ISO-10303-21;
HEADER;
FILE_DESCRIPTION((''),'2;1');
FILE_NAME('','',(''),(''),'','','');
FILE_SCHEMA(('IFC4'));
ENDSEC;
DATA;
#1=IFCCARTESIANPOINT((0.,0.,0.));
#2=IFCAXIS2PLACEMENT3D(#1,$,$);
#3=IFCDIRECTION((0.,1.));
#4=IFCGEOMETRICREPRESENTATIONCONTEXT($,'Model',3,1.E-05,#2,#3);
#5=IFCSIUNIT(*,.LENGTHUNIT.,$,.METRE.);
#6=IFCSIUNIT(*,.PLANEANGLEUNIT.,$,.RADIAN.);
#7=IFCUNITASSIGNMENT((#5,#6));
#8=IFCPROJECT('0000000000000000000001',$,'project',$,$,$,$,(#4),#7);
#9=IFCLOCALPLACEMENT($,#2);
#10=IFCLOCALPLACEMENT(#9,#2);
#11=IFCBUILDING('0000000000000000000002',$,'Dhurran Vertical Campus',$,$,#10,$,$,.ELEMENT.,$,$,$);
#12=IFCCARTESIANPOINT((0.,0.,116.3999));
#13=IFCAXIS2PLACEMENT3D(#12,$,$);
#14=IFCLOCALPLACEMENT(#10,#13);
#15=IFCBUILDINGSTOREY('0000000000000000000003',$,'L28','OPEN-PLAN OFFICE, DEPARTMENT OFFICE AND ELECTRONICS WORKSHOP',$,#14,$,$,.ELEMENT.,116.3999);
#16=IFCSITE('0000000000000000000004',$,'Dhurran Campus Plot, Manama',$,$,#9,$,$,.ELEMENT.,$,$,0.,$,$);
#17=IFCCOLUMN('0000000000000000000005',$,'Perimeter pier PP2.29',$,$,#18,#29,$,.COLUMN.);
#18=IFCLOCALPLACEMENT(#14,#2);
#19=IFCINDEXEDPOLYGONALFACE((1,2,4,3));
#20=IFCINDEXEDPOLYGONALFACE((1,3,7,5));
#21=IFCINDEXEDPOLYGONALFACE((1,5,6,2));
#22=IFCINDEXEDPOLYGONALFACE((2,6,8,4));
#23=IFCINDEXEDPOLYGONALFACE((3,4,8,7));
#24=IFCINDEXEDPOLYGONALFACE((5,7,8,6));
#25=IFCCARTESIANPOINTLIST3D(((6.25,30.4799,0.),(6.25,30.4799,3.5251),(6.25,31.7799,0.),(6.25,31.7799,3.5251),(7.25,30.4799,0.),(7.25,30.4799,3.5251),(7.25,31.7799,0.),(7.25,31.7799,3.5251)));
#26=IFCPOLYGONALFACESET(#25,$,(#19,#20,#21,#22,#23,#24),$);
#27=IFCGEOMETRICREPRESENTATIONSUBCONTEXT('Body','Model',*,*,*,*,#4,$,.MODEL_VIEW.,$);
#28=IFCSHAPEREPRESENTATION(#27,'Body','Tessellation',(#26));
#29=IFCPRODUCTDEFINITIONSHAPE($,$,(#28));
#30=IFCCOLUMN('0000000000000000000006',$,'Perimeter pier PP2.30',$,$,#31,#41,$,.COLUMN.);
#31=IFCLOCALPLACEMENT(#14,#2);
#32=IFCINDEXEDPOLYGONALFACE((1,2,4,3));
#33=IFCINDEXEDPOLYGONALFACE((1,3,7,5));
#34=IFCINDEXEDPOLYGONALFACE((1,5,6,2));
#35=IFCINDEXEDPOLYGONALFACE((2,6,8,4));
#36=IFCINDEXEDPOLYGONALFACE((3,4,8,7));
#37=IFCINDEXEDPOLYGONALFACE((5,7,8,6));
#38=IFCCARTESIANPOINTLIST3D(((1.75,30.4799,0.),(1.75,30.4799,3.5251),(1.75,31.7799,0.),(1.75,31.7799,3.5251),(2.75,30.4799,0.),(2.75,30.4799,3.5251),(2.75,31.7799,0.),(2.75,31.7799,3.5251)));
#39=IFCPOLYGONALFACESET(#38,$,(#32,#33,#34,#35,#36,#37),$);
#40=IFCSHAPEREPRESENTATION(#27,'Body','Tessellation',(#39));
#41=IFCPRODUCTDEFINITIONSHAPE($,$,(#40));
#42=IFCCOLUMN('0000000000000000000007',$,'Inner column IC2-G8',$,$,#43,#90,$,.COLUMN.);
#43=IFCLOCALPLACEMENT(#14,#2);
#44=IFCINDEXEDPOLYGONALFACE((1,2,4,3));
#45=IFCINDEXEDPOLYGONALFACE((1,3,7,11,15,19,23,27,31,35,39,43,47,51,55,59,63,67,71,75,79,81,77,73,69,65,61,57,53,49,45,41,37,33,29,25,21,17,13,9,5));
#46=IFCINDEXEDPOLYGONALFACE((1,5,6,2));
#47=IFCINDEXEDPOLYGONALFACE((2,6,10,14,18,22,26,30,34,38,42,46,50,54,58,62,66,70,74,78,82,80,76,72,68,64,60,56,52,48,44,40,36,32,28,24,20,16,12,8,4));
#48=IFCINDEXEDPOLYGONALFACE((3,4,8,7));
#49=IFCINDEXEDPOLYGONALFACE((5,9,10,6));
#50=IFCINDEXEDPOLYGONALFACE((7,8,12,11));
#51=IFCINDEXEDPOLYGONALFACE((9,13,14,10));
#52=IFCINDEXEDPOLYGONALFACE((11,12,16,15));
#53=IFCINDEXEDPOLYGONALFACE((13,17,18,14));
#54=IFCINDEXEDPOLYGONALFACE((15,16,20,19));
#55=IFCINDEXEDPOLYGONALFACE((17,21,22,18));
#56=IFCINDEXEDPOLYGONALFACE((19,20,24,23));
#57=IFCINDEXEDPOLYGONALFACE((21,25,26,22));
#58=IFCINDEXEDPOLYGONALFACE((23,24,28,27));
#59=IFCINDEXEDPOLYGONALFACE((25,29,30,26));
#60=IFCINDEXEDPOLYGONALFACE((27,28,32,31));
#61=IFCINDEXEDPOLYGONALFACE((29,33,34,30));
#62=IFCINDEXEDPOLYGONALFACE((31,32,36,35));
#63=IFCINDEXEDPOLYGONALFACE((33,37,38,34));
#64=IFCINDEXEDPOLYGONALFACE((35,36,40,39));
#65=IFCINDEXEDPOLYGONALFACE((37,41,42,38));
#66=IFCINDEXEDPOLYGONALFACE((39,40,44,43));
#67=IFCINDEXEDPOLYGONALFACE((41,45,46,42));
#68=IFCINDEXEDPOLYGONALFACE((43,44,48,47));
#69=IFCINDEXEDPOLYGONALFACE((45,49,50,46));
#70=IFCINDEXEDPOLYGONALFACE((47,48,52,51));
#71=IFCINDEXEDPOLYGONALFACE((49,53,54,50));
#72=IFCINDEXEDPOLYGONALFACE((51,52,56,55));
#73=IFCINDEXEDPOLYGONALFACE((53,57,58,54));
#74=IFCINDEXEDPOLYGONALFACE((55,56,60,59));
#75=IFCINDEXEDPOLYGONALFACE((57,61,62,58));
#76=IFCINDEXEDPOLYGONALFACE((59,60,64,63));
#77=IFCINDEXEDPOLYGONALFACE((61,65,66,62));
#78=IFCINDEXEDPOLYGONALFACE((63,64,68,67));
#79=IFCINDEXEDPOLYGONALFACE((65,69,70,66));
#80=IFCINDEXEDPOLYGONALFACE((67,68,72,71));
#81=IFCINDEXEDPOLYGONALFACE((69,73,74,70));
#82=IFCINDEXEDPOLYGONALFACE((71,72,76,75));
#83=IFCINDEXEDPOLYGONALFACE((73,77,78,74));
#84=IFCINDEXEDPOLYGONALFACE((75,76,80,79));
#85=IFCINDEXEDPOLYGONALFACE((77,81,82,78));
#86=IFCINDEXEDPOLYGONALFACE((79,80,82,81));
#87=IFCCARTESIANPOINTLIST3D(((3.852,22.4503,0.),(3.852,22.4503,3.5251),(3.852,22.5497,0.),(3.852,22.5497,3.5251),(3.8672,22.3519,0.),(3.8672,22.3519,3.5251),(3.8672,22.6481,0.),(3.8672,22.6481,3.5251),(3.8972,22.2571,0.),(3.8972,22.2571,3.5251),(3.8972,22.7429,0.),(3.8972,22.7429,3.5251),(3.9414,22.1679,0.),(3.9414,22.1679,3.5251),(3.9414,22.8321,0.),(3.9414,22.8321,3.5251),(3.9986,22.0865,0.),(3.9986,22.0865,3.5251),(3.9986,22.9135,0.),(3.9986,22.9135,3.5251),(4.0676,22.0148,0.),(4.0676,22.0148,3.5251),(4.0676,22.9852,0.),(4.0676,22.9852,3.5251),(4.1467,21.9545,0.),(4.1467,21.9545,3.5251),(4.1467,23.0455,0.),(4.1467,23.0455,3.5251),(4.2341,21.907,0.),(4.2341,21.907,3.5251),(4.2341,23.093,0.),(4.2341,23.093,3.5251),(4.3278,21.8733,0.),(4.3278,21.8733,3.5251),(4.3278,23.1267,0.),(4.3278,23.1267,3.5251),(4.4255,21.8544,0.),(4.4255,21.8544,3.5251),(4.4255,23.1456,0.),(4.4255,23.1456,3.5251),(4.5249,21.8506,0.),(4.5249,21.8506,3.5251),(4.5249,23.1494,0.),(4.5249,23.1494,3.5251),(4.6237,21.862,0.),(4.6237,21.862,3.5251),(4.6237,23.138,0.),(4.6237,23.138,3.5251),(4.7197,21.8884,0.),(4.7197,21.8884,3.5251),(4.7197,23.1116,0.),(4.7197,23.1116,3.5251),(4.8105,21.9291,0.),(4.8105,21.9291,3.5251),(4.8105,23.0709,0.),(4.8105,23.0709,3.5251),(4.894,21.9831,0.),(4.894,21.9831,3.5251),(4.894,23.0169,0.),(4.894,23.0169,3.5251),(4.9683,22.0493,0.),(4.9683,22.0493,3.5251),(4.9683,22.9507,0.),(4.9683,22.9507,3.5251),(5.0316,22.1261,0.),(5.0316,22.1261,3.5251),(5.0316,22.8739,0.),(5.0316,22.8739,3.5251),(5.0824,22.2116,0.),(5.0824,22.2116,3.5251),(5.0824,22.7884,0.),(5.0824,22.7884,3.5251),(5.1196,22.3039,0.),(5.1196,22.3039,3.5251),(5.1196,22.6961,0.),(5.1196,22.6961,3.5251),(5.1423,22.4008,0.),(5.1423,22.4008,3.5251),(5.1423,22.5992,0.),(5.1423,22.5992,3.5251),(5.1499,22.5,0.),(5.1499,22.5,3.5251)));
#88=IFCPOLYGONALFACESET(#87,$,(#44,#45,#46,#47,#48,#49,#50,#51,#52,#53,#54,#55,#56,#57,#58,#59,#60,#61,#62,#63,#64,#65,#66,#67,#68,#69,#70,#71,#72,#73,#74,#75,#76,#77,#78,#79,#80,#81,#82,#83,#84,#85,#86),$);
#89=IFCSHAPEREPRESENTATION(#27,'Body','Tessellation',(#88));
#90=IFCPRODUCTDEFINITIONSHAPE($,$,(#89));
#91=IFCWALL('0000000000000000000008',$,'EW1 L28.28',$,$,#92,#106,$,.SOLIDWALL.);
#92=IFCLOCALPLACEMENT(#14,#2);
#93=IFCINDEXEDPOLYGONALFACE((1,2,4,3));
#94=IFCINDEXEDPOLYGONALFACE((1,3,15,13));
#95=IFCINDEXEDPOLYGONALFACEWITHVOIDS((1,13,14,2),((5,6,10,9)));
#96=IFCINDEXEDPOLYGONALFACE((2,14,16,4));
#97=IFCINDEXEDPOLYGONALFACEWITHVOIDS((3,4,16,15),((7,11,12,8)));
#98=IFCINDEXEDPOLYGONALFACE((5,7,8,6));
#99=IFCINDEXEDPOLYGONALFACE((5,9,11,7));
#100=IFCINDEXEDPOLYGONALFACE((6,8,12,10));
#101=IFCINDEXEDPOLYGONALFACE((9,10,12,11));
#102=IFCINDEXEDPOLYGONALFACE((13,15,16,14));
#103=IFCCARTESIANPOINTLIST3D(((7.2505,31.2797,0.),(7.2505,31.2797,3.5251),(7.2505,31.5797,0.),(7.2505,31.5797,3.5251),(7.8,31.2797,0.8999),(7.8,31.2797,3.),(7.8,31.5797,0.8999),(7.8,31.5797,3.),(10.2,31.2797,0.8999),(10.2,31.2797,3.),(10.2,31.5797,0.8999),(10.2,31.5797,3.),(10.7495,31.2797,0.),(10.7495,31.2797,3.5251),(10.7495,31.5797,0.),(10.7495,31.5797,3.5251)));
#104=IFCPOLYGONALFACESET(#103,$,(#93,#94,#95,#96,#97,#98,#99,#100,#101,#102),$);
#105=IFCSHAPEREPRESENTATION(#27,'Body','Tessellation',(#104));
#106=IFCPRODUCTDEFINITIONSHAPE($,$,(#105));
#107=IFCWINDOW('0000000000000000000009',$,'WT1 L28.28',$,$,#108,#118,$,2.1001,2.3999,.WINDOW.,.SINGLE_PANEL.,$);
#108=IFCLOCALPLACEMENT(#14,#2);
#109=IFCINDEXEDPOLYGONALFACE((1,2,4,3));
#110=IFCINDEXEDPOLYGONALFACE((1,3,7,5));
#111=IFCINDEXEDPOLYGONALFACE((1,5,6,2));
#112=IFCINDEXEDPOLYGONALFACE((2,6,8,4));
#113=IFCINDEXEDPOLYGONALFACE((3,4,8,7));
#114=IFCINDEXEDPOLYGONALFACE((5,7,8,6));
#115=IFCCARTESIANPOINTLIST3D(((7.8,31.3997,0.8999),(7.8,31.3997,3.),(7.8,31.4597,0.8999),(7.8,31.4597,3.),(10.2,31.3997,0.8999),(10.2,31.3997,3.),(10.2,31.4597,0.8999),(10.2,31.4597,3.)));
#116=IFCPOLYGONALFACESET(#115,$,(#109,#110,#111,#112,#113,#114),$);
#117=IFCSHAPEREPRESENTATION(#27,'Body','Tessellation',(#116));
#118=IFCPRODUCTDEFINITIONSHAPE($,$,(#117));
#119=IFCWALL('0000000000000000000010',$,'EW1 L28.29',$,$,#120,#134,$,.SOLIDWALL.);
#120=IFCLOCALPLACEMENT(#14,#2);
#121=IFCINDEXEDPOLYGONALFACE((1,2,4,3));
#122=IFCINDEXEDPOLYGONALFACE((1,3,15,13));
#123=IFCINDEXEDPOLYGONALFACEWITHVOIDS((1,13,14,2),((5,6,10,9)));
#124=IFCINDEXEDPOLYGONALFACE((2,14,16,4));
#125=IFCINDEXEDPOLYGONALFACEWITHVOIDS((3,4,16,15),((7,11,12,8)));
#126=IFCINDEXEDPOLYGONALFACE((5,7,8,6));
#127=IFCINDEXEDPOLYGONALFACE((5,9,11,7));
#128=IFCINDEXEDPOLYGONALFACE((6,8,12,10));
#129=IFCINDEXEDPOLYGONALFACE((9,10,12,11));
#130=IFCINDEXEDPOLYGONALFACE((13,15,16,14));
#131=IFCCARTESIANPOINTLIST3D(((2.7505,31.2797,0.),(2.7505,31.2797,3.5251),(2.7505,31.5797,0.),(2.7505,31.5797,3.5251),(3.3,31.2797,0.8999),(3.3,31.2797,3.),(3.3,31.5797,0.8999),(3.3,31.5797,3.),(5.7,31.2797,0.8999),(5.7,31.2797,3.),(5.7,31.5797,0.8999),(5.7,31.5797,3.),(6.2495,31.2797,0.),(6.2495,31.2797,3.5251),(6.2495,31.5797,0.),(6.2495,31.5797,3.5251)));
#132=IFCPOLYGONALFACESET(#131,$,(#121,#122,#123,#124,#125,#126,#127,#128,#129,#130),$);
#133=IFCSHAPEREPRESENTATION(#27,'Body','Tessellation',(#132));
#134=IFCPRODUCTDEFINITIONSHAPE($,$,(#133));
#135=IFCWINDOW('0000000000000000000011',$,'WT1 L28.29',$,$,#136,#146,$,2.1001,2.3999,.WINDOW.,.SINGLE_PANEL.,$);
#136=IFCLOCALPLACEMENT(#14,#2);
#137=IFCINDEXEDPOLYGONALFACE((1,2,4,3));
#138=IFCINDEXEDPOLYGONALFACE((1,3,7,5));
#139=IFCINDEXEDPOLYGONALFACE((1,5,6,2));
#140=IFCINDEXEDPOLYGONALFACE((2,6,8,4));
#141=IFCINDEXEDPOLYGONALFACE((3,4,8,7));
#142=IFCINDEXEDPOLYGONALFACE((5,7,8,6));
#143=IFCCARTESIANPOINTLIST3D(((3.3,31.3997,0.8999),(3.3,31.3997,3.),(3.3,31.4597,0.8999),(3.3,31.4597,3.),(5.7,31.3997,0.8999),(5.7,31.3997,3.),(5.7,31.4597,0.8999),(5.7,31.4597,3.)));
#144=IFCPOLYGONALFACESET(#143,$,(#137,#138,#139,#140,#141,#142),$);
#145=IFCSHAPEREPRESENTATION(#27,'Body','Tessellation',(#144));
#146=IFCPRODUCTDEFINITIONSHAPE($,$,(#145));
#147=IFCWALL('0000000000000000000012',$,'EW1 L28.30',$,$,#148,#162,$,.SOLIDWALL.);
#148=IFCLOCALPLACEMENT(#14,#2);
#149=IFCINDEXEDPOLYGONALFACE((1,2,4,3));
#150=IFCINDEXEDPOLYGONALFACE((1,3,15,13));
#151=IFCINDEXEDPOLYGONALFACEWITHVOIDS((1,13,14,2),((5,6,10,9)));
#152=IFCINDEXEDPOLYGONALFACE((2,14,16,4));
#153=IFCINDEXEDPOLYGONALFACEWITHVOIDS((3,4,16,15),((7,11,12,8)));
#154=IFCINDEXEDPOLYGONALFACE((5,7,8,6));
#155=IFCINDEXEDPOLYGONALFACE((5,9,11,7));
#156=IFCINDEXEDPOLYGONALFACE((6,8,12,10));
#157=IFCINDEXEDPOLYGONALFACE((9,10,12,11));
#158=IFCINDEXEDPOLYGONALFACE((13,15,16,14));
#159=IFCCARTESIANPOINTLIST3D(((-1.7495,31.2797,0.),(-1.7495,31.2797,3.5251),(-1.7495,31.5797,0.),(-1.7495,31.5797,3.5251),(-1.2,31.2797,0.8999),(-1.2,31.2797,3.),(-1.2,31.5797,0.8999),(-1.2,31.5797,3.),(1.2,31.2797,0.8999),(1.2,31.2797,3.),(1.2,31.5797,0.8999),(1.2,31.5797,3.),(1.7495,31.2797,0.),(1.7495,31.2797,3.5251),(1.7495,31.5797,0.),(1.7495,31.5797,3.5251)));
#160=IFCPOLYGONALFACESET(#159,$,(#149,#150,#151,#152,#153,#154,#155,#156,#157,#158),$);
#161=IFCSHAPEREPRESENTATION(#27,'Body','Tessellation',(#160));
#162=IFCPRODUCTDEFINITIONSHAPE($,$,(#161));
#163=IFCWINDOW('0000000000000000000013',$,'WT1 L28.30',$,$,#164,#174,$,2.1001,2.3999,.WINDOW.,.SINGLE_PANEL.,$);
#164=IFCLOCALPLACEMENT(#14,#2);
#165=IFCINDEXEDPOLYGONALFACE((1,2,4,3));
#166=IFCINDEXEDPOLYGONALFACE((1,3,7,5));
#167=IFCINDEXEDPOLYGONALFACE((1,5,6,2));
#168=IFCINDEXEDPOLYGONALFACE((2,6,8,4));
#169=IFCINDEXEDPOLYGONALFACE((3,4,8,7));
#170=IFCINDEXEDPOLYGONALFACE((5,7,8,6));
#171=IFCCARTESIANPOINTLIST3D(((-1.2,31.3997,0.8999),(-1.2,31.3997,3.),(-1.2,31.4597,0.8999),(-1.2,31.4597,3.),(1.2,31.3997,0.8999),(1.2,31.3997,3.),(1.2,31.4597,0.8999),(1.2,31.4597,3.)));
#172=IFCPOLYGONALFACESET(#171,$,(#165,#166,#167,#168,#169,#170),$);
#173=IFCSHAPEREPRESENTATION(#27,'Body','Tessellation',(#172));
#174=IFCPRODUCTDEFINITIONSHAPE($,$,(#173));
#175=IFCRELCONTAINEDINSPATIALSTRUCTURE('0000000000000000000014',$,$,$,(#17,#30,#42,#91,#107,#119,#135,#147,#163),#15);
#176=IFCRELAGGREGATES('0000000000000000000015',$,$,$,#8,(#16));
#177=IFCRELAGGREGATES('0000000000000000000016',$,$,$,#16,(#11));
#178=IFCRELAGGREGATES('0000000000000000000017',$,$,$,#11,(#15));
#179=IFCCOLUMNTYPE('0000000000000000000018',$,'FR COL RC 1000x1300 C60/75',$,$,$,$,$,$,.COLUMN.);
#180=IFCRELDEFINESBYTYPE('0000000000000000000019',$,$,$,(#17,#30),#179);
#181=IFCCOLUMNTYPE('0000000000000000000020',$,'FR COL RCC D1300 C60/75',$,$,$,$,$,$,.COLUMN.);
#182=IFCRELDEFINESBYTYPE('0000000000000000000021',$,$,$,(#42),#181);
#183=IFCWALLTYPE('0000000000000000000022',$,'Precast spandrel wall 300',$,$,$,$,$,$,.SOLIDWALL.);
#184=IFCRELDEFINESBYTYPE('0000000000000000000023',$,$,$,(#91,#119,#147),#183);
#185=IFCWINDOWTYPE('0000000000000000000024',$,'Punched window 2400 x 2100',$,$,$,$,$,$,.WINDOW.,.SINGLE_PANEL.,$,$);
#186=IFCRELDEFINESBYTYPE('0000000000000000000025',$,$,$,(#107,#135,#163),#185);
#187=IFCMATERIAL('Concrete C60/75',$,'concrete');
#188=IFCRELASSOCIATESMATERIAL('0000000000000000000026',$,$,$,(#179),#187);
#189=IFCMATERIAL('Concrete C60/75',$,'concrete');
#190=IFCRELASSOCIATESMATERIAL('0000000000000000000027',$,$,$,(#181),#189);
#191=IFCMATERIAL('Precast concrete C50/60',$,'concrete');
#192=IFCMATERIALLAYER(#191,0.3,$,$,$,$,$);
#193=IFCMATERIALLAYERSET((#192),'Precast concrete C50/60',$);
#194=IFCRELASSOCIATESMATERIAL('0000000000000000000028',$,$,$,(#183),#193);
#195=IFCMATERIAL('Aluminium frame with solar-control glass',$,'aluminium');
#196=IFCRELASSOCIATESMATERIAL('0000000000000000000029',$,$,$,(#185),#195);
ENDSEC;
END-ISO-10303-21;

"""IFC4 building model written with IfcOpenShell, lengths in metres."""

from ifc_helpers import new_model, si_unit, direction, frame, frame_2d, origin, origin_2d, place, context, subcontext, project, spatial, rectangle, circle, extrude, material, layer, layer_set, material_profile, profile_set, type_object, element, fill, save


model = new_model("IFC4")

# Units and contexts
model_context = context("Model", 3, precision=1e-05, world=origin(), true_north=direction((0.0, 1.0)))
body_context = subcontext(model_context, "Body", "Model", "MODEL_VIEW")
ifc_project = project(units=[si_unit("LENGTHUNIT", "METRE"), si_unit("PLANEANGLEUNIT", "RADIAN")], contexts=[model_context])

# Site, building, storey
site_placement = place(None, origin())
site = spatial("IfcSite", under=ifc_project, at=site_placement, Name="Dhurran Campus Plot, Manama", CompositionType="ELEMENT", RefElevation=0.0)
building_placement = place(site_placement, origin())
building = spatial("IfcBuilding", under=site, at=building_placement, Name="Dhurran Vertical Campus", CompositionType="ELEMENT")
storey_placement = place(building_placement, frame((0.0, 0.0, 116.3999)))
storey = spatial("IfcBuildingStorey", under=building, at=storey_placement, Name="L28", Description="OPEN-PLAN OFFICE, DEPARTMENT OFFICE AND ELECTRONICS WORKSHOP", CompositionType="ELEMENT", Elevation=116.3999)

# Columns
ifc_material_1 = material(Name="Concrete C60/75", Category="concrete")
ifc_material_profile_1 = material_profile(ifc_material_1, rectangle(XDim=1.0, YDim=1.3, at=origin_2d()), Name="RC 1000x1300")
ifc_profile_set_1 = profile_set([ifc_material_profile_1], Name="Concrete C60/75")
column_type_1 = type_object("IfcColumnType", Name="FR COL RC 1000x1300 C60/75", PredefinedType="COLUMN", material=ifc_profile_set_1)
for number, where, z_axis, x_axis, name in (
    (1, (6.75, 31.1299, 0.0), (0.0, 0.0, 1.0), (-1.0, 0.0, 0.0), "Perimeter pier PP2.29"),
    (2, (2.25, 31.1299, 0.0), (0.0, 0.0, 1.0), (-1.0, 0.0, 0.0), "Perimeter pier PP2.30"),
):
    element("IfcColumn", number, at=place(storey_placement, frame(where, z_axis=z_axis, x_axis=x_axis)), inside=storey, type_object=column_type_1, Name=name, PredefinedType="COLUMN", context=body_context, shape_type="SweptSolid", body=[
        extrude(rectangle(XDim=1.0, YDim=1.3, at=origin_2d()), origin(), (0.0, 0.0, 1.0), 3.5251),
    ])
ifc_material_2 = material(Name="Concrete C60/75", Category="concrete")
ifc_material_profile_2 = material_profile(ifc_material_2, circle(Radius=0.6499, at=origin_2d()), Name="RCC D1300")
ifc_profile_set_2 = profile_set([ifc_material_profile_2], Name="Concrete C60/75")
column_type_2 = type_object("IfcColumnType", Name="FR COL RCC D1300 C60/75", PredefinedType="COLUMN", material=ifc_profile_set_2)
column_placement = place(storey_placement, frame((4.5, 22.5, 0.0), z_axis=(0.0, 0.0, 1.0), x_axis=(1.0, 0.0, 0.0)))
element("IfcColumn", 3, at=column_placement, inside=storey, type_object=column_type_2, Name="Inner column IC2-G8", PredefinedType="COLUMN", context=body_context, shape_type="SweptSolid", body=[
    extrude(circle(Radius=0.6499, at=origin_2d()), origin(), (0.0, 0.0, 1.0), 3.5251),
])

# Walls, openings, windows
ifc_material_3 = material(Name="Precast concrete C50/60", Category="concrete")
ifc_layer_1 = layer(ifc_material_3, 0.3)
ifc_layer_set_1 = layer_set([ifc_layer_1], Name="Precast concrete C50/60")
wall_type_1 = type_object("IfcWallType", Name="Precast spandrel wall 300", PredefinedType="SOLIDWALL", material=ifc_layer_set_1)
wall_1_placement = place(storey_placement, frame((10.7495, 31.4297, 0.0), z_axis=(0.0, 0.0, 1.0), x_axis=(-1.0, 0.0, 0.0)))
wall_1 = element("IfcWall", 4, at=wall_1_placement, inside=storey, type_object=wall_type_1, Name="EW1 L28.28", PredefinedType="SOLIDWALL", context=body_context, shape_type="SweptSolid", body=[
    extrude(rectangle(XDim=3.499, YDim=0.3, at=frame_2d((1.7495, 0.0))), origin(), (0.0, 0.0, 1.0), 3.5251),
])
opening_1_placement = place(wall_1_placement, frame((0.5496, 0.0, 0.8999)))
opening_1 = element("IfcOpeningElement", 5, at=opening_1_placement, cuts=wall_1, PredefinedType="OPENING", context=body_context, shape_type="SweptSolid", body=[
    extrude(rectangle(XDim=2.3999, YDim=2.1001, at=frame_2d((1.2, 1.05))), frame((0.0, 0.1599, 0.0), z_axis=(0.0, -1.0, 0.0), x_axis=(1.0, 0.0, 0.0)), (0.0, 0.0, 1.0), 0.3201),
])
ifc_material_4 = material(Name="Aluminium frame with solar-control glass", Category="aluminium")
window_type = type_object("IfcWindowType", Name="Punched window 2400 x 2100", PartitioningType="SINGLE_PANEL", PredefinedType="WINDOW", material=ifc_material_4)
window_1_placement = place(opening_1_placement, origin())
window_1 = element("IfcWindow", 6, at=window_1_placement, inside=storey, type_object=window_type, Name="WT1 L28.28", OverallHeight=2.1001, OverallWidth=2.3999, PartitioningType="SINGLE_PANEL", PredefinedType="WINDOW", context=body_context, shape_type="SweptSolid", body=[
    extrude(rectangle(XDim=2.3999, YDim=2.1001, at=frame_2d((1.2, 1.05))), frame((0.0, 0.03, 0.0), z_axis=(0.0, -1.0, 0.0), x_axis=(1.0, 0.0, 0.0)), (0.0, 0.0, 1.0), 0.0601),
])
fill(opening_1, window_1)
wall_2_placement = place(storey_placement, frame((6.2495, 31.4297, 0.0), z_axis=(0.0, 0.0, 1.0), x_axis=(-1.0, 0.0, 0.0)))
wall_2 = element("IfcWall", 7, at=wall_2_placement, inside=storey, type_object=wall_type_1, Name="EW1 L28.29", PredefinedType="SOLIDWALL", context=body_context, shape_type="SweptSolid", body=[
    extrude(rectangle(XDim=3.499, YDim=0.3, at=frame_2d((1.7495, 0.0))), origin(), (0.0, 0.0, 1.0), 3.5251),
])
opening_2_placement = place(wall_2_placement, frame((0.5496, 0.0, 0.8999)))
opening_2 = element("IfcOpeningElement", 8, at=opening_2_placement, cuts=wall_2, PredefinedType="OPENING", context=body_context, shape_type="SweptSolid", body=[
    extrude(rectangle(XDim=2.3999, YDim=2.1001, at=frame_2d((1.2, 1.05))), frame((0.0, 0.1599, 0.0), z_axis=(0.0, -1.0, 0.0), x_axis=(1.0, 0.0, 0.0)), (0.0, 0.0, 1.0), 0.3201),
])
window_2_placement = place(opening_2_placement, origin())
window_2 = element("IfcWindow", 9, at=window_2_placement, inside=storey, type_object=window_type, Name="WT1 L28.29", OverallHeight=2.1001, OverallWidth=2.3999, PartitioningType="SINGLE_PANEL", PredefinedType="WINDOW", context=body_context, shape_type="SweptSolid", body=[
    extrude(rectangle(XDim=2.3999, YDim=2.1001, at=frame_2d((1.2, 1.05))), frame((0.0, 0.03, 0.0), z_axis=(0.0, -1.0, 0.0), x_axis=(1.0, 0.0, 0.0)), (0.0, 0.0, 1.0), 0.0601),
])
fill(opening_2, window_2)
wall_3_placement = place(storey_placement, frame((1.7495, 31.4297, 0.0), z_axis=(0.0, 0.0, 1.0), x_axis=(-1.0, 0.0, 0.0)))
wall_3 = element("IfcWall", 10, at=wall_3_placement, inside=storey, type_object=wall_type_1, Name="EW1 L28.30", PredefinedType="SOLIDWALL", context=body_context, shape_type="SweptSolid", body=[
    extrude(rectangle(XDim=3.499, YDim=0.3, at=frame_2d((1.7495, 0.0))), origin(), (0.0, 0.0, 1.0), 3.5251),
])
opening_3_placement = place(wall_3_placement, frame((0.5496, 0.0, 0.8999)))
opening_3 = element("IfcOpeningElement", 11, at=opening_3_placement, cuts=wall_3, PredefinedType="OPENING", context=body_context, shape_type="SweptSolid", body=[
    extrude(rectangle(XDim=2.3999, YDim=2.1001, at=frame_2d((1.2, 1.05))), frame((0.0, 0.1599, 0.0), z_axis=(0.0, -1.0, 0.0), x_axis=(1.0, 0.0, 0.0)), (0.0, 0.0, 1.0), 0.3201),
])
window_3_placement = place(opening_3_placement, origin())
window_3 = element("IfcWindow", 12, at=window_3_placement, inside=storey, type_object=window_type, Name="WT1 L28.30", OverallHeight=2.1001, OverallWidth=2.3999, PartitioningType="SINGLE_PANEL", PredefinedType="WINDOW", context=body_context, shape_type="SweptSolid", body=[
    extrude(rectangle(XDim=2.3999, YDim=2.1001, at=frame_2d((1.2, 1.05))), frame((0.0, 0.03, 0.0), z_axis=(0.0, -1.0, 0.0), x_axis=(1.0, 0.0, 0.0)), (0.0, 0.0, 1.0), 0.0601),
])
fill(opening_3, window_3)

save(model, "model.ifc")
